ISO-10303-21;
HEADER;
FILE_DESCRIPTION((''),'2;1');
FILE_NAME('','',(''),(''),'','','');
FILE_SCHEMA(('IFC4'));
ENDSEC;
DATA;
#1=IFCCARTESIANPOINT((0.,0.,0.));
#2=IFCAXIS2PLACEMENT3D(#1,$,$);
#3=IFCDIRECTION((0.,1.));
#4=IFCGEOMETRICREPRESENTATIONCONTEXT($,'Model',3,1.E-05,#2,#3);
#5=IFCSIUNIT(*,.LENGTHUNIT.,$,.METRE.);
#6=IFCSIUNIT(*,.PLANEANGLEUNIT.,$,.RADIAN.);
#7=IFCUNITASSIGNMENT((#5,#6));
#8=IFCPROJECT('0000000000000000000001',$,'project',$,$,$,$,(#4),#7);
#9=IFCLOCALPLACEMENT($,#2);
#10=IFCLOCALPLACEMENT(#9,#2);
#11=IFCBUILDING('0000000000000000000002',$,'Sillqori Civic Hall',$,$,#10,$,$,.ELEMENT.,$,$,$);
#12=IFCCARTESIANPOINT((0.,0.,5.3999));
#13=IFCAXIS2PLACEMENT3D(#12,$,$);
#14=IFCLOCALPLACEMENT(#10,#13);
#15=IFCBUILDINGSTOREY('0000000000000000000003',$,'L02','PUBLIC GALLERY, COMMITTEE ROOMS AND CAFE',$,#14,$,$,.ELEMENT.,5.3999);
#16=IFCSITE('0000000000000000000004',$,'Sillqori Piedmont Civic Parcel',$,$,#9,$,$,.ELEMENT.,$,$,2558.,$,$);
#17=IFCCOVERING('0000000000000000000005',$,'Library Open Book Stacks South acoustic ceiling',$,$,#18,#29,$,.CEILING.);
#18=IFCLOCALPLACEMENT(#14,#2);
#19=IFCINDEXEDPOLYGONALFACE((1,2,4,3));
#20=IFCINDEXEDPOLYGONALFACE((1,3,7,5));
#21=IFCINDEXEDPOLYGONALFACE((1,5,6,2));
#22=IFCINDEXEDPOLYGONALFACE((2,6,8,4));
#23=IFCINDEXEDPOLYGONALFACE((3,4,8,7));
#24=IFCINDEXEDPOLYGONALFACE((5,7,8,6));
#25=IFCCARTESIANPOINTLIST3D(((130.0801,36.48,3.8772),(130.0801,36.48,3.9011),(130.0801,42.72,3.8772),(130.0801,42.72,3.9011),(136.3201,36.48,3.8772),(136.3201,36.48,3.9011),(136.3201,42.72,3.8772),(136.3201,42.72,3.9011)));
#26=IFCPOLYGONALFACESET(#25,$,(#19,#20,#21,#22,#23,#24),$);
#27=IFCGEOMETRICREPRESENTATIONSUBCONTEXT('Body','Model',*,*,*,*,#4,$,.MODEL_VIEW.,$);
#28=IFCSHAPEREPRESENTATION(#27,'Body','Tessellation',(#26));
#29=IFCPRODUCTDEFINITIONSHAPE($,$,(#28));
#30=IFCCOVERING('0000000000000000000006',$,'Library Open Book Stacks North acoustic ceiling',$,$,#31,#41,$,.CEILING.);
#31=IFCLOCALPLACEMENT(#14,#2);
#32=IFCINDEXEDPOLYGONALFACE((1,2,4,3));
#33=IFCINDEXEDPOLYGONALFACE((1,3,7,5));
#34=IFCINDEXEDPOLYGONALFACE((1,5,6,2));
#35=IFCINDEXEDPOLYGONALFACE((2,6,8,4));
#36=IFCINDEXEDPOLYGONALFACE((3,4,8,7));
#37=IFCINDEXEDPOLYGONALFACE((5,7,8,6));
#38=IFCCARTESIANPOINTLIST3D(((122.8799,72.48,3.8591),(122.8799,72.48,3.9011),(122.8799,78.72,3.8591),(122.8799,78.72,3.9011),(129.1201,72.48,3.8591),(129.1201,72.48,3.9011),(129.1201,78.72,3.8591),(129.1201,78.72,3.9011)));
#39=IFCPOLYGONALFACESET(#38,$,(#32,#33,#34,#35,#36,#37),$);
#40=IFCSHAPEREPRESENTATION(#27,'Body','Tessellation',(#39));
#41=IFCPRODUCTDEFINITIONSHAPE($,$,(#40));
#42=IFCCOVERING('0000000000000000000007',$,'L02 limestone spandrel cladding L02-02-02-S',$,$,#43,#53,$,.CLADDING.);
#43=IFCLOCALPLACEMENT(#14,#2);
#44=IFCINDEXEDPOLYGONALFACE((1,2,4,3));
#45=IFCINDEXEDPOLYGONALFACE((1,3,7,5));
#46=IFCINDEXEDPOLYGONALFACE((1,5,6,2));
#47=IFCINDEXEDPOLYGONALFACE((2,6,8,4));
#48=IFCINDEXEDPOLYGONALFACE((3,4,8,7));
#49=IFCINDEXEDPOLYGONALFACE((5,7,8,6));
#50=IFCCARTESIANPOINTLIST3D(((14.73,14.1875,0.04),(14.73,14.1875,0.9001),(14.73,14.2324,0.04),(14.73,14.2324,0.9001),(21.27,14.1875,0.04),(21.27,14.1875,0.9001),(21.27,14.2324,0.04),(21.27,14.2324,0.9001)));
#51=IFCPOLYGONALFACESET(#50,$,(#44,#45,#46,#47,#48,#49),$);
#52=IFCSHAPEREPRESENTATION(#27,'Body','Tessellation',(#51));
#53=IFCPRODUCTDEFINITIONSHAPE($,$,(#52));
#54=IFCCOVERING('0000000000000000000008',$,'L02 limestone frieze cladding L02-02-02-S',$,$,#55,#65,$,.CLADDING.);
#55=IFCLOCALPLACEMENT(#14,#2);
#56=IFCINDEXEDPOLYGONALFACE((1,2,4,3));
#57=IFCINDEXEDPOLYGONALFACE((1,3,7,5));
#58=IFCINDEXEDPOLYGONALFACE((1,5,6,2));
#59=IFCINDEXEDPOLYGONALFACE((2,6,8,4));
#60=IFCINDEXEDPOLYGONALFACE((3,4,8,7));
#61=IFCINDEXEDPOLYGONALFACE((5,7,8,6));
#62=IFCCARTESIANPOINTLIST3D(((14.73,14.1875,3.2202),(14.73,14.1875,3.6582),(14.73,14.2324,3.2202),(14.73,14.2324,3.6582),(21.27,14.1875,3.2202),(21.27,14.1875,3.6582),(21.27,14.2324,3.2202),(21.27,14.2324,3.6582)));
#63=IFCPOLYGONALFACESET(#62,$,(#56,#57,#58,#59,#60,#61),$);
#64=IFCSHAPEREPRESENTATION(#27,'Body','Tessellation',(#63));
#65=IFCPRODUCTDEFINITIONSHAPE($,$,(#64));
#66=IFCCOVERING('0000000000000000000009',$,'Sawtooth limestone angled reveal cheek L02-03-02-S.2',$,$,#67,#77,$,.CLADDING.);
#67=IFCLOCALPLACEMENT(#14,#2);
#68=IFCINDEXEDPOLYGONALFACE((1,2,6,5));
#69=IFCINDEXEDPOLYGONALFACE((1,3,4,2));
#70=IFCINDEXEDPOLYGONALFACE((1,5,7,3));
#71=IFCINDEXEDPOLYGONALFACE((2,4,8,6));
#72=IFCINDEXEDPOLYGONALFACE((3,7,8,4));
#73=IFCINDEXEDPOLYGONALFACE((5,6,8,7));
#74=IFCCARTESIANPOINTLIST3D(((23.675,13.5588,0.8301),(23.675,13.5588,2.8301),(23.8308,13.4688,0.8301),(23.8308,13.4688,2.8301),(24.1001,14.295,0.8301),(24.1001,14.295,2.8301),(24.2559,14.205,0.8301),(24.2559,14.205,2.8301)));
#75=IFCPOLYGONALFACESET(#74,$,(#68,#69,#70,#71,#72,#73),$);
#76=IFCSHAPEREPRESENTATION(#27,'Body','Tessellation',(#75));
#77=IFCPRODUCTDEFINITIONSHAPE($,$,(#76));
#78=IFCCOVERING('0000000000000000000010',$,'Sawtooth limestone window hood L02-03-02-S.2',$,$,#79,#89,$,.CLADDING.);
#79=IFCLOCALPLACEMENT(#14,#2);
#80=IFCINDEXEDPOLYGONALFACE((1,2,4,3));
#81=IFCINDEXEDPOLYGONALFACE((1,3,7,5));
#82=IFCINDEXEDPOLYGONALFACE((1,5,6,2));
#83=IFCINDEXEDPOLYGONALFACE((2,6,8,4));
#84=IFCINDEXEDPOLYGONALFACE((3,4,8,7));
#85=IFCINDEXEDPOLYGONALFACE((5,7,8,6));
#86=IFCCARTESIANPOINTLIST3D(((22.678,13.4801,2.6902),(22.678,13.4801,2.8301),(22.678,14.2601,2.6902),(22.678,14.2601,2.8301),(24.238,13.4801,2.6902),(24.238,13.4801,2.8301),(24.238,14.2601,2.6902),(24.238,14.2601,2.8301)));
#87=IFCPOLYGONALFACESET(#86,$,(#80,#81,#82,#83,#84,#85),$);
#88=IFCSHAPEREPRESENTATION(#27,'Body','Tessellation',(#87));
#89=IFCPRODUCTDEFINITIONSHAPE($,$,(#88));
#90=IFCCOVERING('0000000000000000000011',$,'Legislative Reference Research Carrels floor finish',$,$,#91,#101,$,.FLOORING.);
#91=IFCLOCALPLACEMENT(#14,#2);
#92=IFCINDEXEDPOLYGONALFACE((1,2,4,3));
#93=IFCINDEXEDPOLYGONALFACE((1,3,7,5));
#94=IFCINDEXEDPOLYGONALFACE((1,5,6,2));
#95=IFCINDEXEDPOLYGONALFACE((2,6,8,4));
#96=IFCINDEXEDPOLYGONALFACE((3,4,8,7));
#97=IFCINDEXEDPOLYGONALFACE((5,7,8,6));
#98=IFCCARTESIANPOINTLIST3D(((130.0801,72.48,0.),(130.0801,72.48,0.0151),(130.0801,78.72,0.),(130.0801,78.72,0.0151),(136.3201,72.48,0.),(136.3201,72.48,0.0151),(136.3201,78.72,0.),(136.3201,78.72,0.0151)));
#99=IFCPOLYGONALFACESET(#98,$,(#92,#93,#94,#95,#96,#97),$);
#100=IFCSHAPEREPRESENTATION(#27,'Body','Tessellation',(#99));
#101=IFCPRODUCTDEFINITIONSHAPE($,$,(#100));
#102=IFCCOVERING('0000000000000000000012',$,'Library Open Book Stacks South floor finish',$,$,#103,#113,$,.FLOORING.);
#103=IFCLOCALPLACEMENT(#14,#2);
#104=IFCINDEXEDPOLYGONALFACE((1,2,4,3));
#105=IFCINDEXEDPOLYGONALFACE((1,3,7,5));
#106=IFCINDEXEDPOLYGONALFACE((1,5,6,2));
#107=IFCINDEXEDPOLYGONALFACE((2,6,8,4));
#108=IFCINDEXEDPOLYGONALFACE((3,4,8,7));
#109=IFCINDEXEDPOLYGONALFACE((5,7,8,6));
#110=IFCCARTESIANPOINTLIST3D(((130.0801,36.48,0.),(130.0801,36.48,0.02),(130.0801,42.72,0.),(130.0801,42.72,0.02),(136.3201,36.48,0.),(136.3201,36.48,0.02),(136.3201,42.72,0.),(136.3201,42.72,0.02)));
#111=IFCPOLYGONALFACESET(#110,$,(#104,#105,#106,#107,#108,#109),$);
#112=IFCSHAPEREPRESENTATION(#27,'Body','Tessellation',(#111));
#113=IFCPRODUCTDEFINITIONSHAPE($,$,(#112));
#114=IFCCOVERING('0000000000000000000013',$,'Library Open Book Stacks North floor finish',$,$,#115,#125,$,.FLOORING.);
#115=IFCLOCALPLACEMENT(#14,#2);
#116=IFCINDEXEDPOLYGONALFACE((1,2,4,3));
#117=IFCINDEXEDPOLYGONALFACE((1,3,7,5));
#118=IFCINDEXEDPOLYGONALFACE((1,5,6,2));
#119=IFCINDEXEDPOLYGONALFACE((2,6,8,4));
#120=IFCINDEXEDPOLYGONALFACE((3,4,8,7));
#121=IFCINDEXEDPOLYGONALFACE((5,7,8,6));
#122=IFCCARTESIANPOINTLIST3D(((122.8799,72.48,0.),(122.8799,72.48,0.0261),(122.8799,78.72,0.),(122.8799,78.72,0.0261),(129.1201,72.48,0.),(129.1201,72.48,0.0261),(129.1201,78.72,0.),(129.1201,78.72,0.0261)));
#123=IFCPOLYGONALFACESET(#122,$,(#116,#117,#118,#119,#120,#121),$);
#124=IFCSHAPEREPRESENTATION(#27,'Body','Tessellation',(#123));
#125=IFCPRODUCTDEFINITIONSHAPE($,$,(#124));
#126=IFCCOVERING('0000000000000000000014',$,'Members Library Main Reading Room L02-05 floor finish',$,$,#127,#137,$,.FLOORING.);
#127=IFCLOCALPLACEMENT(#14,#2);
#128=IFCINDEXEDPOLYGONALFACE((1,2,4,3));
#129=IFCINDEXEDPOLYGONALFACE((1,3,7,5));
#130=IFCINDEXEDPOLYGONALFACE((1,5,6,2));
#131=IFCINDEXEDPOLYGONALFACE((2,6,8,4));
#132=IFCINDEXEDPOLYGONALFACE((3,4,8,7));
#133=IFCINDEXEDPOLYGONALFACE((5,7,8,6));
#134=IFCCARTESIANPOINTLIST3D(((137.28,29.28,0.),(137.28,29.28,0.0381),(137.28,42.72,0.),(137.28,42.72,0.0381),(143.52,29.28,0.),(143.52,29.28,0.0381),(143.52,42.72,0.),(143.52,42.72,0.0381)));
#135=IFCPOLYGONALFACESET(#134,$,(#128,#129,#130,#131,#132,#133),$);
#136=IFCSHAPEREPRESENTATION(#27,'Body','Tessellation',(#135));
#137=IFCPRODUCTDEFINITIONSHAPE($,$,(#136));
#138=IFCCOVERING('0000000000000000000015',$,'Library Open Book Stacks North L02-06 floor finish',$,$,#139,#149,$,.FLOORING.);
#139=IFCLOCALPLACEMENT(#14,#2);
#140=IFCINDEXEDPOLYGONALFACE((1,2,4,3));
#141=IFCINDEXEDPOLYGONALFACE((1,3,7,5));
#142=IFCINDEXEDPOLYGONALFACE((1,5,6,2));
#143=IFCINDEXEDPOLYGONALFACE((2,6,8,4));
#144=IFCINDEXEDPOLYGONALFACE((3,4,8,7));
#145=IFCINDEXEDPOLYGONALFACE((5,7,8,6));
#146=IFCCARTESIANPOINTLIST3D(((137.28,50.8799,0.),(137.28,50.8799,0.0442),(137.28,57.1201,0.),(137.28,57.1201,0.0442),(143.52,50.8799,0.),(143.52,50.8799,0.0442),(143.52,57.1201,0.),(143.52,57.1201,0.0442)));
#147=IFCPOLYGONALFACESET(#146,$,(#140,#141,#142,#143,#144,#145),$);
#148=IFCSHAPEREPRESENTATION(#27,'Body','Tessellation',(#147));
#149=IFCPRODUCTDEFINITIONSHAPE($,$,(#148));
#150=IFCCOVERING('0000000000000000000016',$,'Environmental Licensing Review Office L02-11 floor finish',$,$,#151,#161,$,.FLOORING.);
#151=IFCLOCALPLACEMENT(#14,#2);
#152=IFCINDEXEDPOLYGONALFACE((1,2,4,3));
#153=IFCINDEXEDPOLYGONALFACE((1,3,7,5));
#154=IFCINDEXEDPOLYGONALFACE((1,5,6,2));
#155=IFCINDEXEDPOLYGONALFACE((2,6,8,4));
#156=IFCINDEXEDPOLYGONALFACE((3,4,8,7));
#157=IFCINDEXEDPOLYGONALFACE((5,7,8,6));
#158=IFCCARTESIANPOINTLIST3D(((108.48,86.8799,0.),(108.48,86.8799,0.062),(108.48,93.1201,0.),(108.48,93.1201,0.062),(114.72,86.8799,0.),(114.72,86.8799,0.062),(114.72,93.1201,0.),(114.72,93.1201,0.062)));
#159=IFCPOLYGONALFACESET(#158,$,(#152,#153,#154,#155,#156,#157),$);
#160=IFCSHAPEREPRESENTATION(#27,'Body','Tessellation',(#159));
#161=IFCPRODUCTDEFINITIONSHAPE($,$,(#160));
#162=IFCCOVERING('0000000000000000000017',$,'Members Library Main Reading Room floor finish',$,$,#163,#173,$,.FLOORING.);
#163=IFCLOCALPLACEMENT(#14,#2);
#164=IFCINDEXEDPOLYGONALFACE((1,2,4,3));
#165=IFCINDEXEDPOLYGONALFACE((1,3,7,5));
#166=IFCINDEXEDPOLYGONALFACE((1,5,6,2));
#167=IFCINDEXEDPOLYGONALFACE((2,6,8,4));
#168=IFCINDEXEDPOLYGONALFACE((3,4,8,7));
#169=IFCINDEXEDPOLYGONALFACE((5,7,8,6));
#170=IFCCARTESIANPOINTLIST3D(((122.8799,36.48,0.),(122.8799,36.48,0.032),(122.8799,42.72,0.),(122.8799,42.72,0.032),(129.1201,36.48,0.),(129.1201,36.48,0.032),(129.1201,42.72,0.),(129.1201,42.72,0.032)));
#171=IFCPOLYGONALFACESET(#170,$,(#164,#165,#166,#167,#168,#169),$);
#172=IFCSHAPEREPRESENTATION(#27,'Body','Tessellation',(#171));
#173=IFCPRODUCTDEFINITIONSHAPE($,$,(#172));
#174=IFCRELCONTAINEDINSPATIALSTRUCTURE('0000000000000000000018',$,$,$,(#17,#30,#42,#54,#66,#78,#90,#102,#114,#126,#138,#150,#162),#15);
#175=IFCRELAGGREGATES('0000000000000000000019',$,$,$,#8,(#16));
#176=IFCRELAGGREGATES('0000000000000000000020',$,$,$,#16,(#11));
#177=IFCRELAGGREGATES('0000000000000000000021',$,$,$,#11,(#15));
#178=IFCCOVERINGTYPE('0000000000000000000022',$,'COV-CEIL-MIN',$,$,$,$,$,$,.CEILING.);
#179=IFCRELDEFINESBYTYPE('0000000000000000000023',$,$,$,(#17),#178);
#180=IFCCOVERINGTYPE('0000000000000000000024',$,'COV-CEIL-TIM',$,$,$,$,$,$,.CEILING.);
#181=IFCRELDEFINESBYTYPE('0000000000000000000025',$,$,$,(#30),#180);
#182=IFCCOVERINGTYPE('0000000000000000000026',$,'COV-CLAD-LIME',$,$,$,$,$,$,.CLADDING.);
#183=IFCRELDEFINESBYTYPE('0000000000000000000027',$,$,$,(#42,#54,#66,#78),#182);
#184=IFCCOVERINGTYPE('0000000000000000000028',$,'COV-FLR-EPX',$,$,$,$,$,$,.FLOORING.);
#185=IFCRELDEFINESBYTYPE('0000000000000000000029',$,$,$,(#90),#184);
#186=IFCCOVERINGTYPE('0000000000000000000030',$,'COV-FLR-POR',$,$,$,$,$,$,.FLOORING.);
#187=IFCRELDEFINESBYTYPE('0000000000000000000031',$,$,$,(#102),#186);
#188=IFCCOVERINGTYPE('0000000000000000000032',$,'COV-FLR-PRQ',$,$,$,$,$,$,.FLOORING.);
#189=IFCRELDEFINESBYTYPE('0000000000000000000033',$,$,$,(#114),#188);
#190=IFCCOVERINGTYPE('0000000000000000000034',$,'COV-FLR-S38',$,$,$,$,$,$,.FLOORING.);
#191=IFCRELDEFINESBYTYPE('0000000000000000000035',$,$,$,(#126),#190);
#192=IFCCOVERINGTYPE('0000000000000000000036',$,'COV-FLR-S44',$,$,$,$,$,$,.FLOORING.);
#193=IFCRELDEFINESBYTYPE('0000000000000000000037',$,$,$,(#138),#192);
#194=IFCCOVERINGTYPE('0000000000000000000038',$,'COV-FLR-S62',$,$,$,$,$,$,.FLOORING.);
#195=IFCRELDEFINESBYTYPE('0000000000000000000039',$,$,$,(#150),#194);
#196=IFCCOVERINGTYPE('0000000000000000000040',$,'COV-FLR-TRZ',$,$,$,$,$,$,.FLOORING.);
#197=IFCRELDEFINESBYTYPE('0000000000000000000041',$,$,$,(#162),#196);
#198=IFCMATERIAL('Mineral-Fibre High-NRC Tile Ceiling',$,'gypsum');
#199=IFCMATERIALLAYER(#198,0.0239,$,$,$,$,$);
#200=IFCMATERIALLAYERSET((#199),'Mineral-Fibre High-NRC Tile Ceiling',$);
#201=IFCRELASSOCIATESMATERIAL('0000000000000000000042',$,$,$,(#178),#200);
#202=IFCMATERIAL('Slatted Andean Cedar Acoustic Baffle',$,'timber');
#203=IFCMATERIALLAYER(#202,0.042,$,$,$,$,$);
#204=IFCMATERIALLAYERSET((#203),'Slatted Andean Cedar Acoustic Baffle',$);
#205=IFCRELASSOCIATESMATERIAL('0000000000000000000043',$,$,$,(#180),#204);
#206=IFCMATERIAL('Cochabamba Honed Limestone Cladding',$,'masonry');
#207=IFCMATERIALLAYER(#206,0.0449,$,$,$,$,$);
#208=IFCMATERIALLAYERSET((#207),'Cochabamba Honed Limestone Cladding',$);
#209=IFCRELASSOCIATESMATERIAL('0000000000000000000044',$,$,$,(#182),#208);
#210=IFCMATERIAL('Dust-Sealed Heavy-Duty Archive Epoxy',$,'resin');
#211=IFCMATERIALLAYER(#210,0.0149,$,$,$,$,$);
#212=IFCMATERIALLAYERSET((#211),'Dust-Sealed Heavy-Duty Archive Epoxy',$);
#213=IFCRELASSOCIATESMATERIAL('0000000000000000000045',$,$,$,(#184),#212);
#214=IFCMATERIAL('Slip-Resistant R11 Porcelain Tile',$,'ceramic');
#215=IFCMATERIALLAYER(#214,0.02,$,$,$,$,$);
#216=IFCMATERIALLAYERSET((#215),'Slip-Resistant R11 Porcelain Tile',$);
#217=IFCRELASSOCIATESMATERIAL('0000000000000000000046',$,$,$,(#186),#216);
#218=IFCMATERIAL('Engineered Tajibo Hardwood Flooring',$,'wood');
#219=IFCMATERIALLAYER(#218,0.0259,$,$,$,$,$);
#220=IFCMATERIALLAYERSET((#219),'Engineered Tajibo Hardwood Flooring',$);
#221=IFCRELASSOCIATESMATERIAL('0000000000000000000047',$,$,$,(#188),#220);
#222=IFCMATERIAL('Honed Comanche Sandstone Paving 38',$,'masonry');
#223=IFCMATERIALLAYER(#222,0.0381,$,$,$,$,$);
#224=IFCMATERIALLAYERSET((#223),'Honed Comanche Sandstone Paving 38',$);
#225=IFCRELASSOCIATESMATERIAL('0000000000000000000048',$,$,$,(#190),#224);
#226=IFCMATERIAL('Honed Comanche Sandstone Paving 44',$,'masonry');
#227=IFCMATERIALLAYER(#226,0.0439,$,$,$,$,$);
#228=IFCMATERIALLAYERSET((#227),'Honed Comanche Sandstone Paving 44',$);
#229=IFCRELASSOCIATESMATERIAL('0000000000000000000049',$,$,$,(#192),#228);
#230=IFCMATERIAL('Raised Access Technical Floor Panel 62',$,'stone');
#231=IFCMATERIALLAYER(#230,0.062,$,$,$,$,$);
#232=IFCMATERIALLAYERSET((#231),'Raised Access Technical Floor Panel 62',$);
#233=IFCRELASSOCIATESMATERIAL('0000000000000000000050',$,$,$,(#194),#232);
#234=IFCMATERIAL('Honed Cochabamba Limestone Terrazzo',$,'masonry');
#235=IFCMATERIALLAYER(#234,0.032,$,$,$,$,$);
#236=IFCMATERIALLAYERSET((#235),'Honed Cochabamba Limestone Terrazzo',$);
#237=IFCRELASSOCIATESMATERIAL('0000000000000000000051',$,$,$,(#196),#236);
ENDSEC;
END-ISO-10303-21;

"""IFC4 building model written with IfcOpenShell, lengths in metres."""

from ifc_helpers import new_model, si_unit, direction, frame, frame_2d, origin, place, context, subcontext, project, spatial, polyline, rectangle, outline, extrude, material, layer, layer_set, type_object, element, save


model = new_model("IFC4")

# Units and contexts
model_context = context("Model", 3, precision=1e-05, world=origin(), true_north=direction((0.0, 1.0)))
body_context = subcontext(model_context, "Body", "Model", "MODEL_VIEW")
ifc_project = project(units=[si_unit("LENGTHUNIT", "METRE"), si_unit("PLANEANGLEUNIT", "RADIAN")], contexts=[model_context])

# Site, building, storey
site_placement = place(None, origin())
site = spatial("IfcSite", under=ifc_project, at=site_placement, Name="Sillqori Piedmont Civic Parcel", CompositionType="ELEMENT", RefElevation=2558.0)
building_placement = place(site_placement, origin())
building = spatial("IfcBuilding", under=site, at=building_placement, Name="Sillqori Civic Hall", CompositionType="ELEMENT")
storey_placement = place(building_placement, frame((0.0, 0.0, 5.3999)))
storey = spatial("IfcBuildingStorey", under=building, at=storey_placement, Name="L02", Description="PUBLIC GALLERY, COMMITTEE ROOMS AND CAFE", CompositionType="ELEMENT", Elevation=5.3999)

# Coverings
ifc_material_1 = material(Name="Mineral-Fibre High-NRC Tile Ceiling", Category="gypsum")
ifc_layer_1 = layer(ifc_material_1, 0.0239)
ifc_layer_set_1 = layer_set([ifc_layer_1], Name="Mineral-Fibre High-NRC Tile Ceiling")
covering_type_1 = type_object("IfcCoveringType", Name="COV-CEIL-MIN", PredefinedType="CEILING", material=ifc_layer_set_1)
covering_1_placement = place(storey_placement, frame((0.0, 0.0, 3.8772)))
element("IfcCovering", 1, at=covering_1_placement, inside=storey, type_object=covering_type_1, Name="Library Open Book Stacks South acoustic ceiling", PredefinedType="CEILING", context=body_context, shape_type="SweptSolid", body=[
    extrude(outline(polyline([(130.0801, 36.48), (136.3201, 36.48), (136.3201, 42.72), (130.0801, 42.72), (130.0801, 36.48)])), origin(), (0.0, 0.0, 1.0), 0.0239),
])
ifc_material_2 = material(Name="Slatted Andean Cedar Acoustic Baffle", Category="timber")
ifc_layer_2 = layer(ifc_material_2, 0.042)
ifc_layer_set_2 = layer_set([ifc_layer_2], Name="Slatted Andean Cedar Acoustic Baffle")
covering_type_2 = type_object("IfcCoveringType", Name="COV-CEIL-TIM", PredefinedType="CEILING", material=ifc_layer_set_2)
covering_2_placement = place(storey_placement, frame((0.0, 0.0, 3.8591)))
element("IfcCovering", 2, at=covering_2_placement, inside=storey, type_object=covering_type_2, Name="Library Open Book Stacks North acoustic ceiling", PredefinedType="CEILING", context=body_context, shape_type="SweptSolid", body=[
    extrude(outline(polyline([(122.8799, 72.48), (129.1201, 72.48), (129.1201, 78.72), (122.8799, 78.72), (122.8799, 72.48)])), origin(), (0.0, 0.0, 1.0), 0.042),
])
ifc_material_3 = material(Name="Cochabamba Honed Limestone Cladding", Category="masonry")
ifc_layer_3 = layer(ifc_material_3, 0.0449)
ifc_layer_set_3 = layer_set([ifc_layer_3], Name="Cochabamba Honed Limestone Cladding")
covering_type_3 = type_object("IfcCoveringType", Name="COV-CLAD-LIME", PredefinedType="CLADDING", material=ifc_layer_set_3)
covering_3_placement = place(storey_placement, frame((21.27, 14.21, 0.04), z_axis=(0.0, 0.0, 1.0), x_axis=(-1.0, 0.0, 0.0)))
element("IfcCovering", 3, at=covering_3_placement, inside=storey, type_object=covering_type_3, Name="L02 limestone spandrel cladding L02-02-02-S", PredefinedType="CLADDING", context=body_context, shape_type="SweptSolid", body=[
    extrude(rectangle(XDim=6.54, YDim=0.0449, at=frame_2d((3.27, 0.0))), origin(), (0.0, 0.0, 1.0), 0.8601),
])
covering_4_placement = place(storey_placement, frame((21.27, 14.21, 3.2202), z_axis=(0.0, 0.0, 1.0), x_axis=(-1.0, 0.0, 0.0)))
element("IfcCovering", 4, at=covering_4_placement, inside=storey, type_object=covering_type_3, Name="L02 limestone frieze cladding L02-02-02-S", PredefinedType="CLADDING", context=body_context, shape_type="SweptSolid", body=[
    extrude(rectangle(XDim=6.54, YDim=0.0449, at=frame_2d((3.27, 0.0))), origin(), (0.0, 0.0, 1.0), 0.438),
])
covering_5_placement = place(storey_placement, frame((24.178, 14.25, 0.8301), z_axis=(0.0, 0.0, 1.0), x_axis=(-0.500062, -0.865989, 0.0)))
element("IfcCovering", 5, at=covering_5_placement, inside=storey, type_object=covering_type_3, Name="Sawtooth limestone angled reveal cheek L02-03-02-S.2", PredefinedType="CLADDING", context=body_context, shape_type="SweptSolid", body=[
    extrude(rectangle(XDim=0.8501, YDim=0.1799, at=frame_2d((0.425, 0.0))), origin(), (0.0, 0.0, 1.0), 2.0),
])
covering_6_placement = place(storey_placement, frame((24.238, 13.8701, 2.6902), z_axis=(0.0, 0.0, 1.0), x_axis=(-1.0, 0.0, 0.0)))
element("IfcCovering", 6, at=covering_6_placement, inside=storey, type_object=covering_type_3, Name="Sawtooth limestone window hood L02-03-02-S.2", PredefinedType="CLADDING", context=body_context, shape_type="SweptSolid", body=[
    extrude(rectangle(XDim=1.5601, YDim=0.78, at=frame_2d((0.78, 0.0))), origin(), (0.0, 0.0, 1.0), 0.1399),
])
ifc_material_4 = material(Name="Dust-Sealed Heavy-Duty Archive Epoxy", Category="resin")
ifc_layer_4 = layer(ifc_material_4, 0.0149)
ifc_layer_set_4 = layer_set([ifc_layer_4], Name="Dust-Sealed Heavy-Duty Archive Epoxy")
covering_type_4 = type_object("IfcCoveringType", Name="COV-FLR-EPX", PredefinedType="FLOORING", material=ifc_layer_set_4)
covering_7_placement = place(storey_placement, origin())
element("IfcCovering", 7, at=covering_7_placement, inside=storey, type_object=covering_type_4, Name="Legislative Reference Research Carrels floor finish", PredefinedType="FLOORING", context=body_context, shape_type="SweptSolid", body=[
    extrude(outline(polyline([(130.0801, 72.48), (136.3201, 72.48), (136.3201, 78.72), (130.0801, 78.72), (130.0801, 72.48)])), origin(), (0.0, 0.0, 1.0), 0.0151),
])
ifc_material_5 = material(Name="Slip-Resistant R11 Porcelain Tile", Category="ceramic")
ifc_layer_5 = layer(ifc_material_5, 0.02)
ifc_layer_set_5 = layer_set([ifc_layer_5], Name="Slip-Resistant R11 Porcelain Tile")
covering_type_5 = type_object("IfcCoveringType", Name="COV-FLR-POR", PredefinedType="FLOORING", material=ifc_layer_set_5)
covering_8_placement = place(storey_placement, origin())
element("IfcCovering", 8, at=covering_8_placement, inside=storey, type_object=covering_type_5, Name="Library Open Book Stacks South floor finish", PredefinedType="FLOORING", context=body_context, shape_type="SweptSolid", body=[
    extrude(outline(polyline([(130.0801, 36.48), (136.3201, 36.48), (136.3201, 42.72), (130.0801, 42.72), (130.0801, 36.48)])), origin(), (0.0, 0.0, 1.0), 0.02),
])
ifc_material_6 = material(Name="Engineered Tajibo Hardwood Flooring", Category="wood")
ifc_layer_6 = layer(ifc_material_6, 0.0259)
ifc_layer_set_6 = layer_set([ifc_layer_6], Name="Engineered Tajibo Hardwood Flooring")
covering_type_6 = type_object("IfcCoveringType", Name="COV-FLR-PRQ", PredefinedType="FLOORING", material=ifc_layer_set_6)
covering_9_placement = place(storey_placement, origin())
element("IfcCovering", 9, at=covering_9_placement, inside=storey, type_object=covering_type_6, Name="Library Open Book Stacks North floor finish", PredefinedType="FLOORING", context=body_context, shape_type="SweptSolid", body=[
    extrude(outline(polyline([(122.8799, 72.48), (129.1201, 72.48), (129.1201, 78.72), (122.8799, 78.72), (122.8799, 72.48)])), origin(), (0.0, 0.0, 1.0), 0.0261),
])
ifc_material_7 = material(Name="Honed Comanche Sandstone Paving 38", Category="masonry")
ifc_layer_7 = layer(ifc_material_7, 0.0381)
ifc_layer_set_7 = layer_set([ifc_layer_7], Name="Honed Comanche Sandstone Paving 38")
covering_type_7 = type_object("IfcCoveringType", Name="COV-FLR-S38", PredefinedType="FLOORING", material=ifc_layer_set_7)
covering_10_placement = place(storey_placement, origin())
element("IfcCovering", 10, at=covering_10_placement, inside=storey, type_object=covering_type_7, Name="Members Library Main Reading Room L02-05 floor finish", PredefinedType="FLOORING", context=body_context, shape_type="SweptSolid", body=[
    extrude(outline(polyline([(137.28, 29.28), (143.52, 29.28), (143.52, 42.72), (137.28, 42.72), (137.28, 29.28)])), origin(), (0.0, 0.0, 1.0), 0.0381),
])
ifc_material_8 = material(Name="Honed Comanche Sandstone Paving 44", Category="masonry")
ifc_layer_8 = layer(ifc_material_8, 0.0439)
ifc_layer_set_8 = layer_set([ifc_layer_8], Name="Honed Comanche Sandstone Paving 44")
covering_type_8 = type_object("IfcCoveringType", Name="COV-FLR-S44", PredefinedType="FLOORING", material=ifc_layer_set_8)
covering_11_placement = place(storey_placement, origin())
element("IfcCovering", 11, at=covering_11_placement, inside=storey, type_object=covering_type_8, Name="Library Open Book Stacks North L02-06 floor finish", PredefinedType="FLOORING", context=body_context, shape_type="SweptSolid", body=[
    extrude(outline(polyline([(137.28, 50.8799), (143.52, 50.8799), (143.52, 57.1201), (137.28, 57.1201), (137.28, 50.8799)])), origin(), (0.0, 0.0, 1.0), 0.0442),
])
ifc_material_9 = material(Name="Raised Access Technical Floor Panel 62", Category="stone")
ifc_layer_9 = layer(ifc_material_9, 0.062)
ifc_layer_set_9 = layer_set([ifc_layer_9], Name="Raised Access Technical Floor Panel 62")
covering_type_9 = type_object("IfcCoveringType", Name="COV-FLR-S62", PredefinedType="FLOORING", material=ifc_layer_set_9)
covering_12_placement = place(storey_placement, origin())
element("IfcCovering", 12, at=covering_12_placement, inside=storey, type_object=covering_type_9, Name="Environmental Licensing Review Office L02-11 floor finish", PredefinedType="FLOORING", context=body_context, shape_type="SweptSolid", body=[
    extrude(outline(polyline([(108.48, 86.8799), (114.72, 86.8799), (114.72, 93.1201), (108.48, 93.1201), (108.48, 86.8799)])), origin(), (0.0, 0.0, 1.0), 0.062),
])
ifc_material_10 = material(Name="Honed Cochabamba Limestone Terrazzo", Category="masonry")
ifc_layer_10 = layer(ifc_material_10, 0.032)
ifc_layer_set_10 = layer_set([ifc_layer_10], Name="Honed Cochabamba Limestone Terrazzo")
covering_type_10 = type_object("IfcCoveringType", Name="COV-FLR-TRZ", PredefinedType="FLOORING", material=ifc_layer_set_10)
covering_13_placement = place(storey_placement, origin())
element("IfcCovering", 13, at=covering_13_placement, inside=storey, type_object=covering_type_10, Name="Members Library Main Reading Room floor finish", PredefinedType="FLOORING", context=body_context, shape_type="SweptSolid", body=[
    extrude(outline(polyline([(122.8799, 36.48), (129.1201, 36.48), (129.1201, 42.72), (122.8799, 42.72), (122.8799, 36.48)])), origin(), (0.0, 0.0, 1.0), 0.032),
])

save(model, "model.ifc")
